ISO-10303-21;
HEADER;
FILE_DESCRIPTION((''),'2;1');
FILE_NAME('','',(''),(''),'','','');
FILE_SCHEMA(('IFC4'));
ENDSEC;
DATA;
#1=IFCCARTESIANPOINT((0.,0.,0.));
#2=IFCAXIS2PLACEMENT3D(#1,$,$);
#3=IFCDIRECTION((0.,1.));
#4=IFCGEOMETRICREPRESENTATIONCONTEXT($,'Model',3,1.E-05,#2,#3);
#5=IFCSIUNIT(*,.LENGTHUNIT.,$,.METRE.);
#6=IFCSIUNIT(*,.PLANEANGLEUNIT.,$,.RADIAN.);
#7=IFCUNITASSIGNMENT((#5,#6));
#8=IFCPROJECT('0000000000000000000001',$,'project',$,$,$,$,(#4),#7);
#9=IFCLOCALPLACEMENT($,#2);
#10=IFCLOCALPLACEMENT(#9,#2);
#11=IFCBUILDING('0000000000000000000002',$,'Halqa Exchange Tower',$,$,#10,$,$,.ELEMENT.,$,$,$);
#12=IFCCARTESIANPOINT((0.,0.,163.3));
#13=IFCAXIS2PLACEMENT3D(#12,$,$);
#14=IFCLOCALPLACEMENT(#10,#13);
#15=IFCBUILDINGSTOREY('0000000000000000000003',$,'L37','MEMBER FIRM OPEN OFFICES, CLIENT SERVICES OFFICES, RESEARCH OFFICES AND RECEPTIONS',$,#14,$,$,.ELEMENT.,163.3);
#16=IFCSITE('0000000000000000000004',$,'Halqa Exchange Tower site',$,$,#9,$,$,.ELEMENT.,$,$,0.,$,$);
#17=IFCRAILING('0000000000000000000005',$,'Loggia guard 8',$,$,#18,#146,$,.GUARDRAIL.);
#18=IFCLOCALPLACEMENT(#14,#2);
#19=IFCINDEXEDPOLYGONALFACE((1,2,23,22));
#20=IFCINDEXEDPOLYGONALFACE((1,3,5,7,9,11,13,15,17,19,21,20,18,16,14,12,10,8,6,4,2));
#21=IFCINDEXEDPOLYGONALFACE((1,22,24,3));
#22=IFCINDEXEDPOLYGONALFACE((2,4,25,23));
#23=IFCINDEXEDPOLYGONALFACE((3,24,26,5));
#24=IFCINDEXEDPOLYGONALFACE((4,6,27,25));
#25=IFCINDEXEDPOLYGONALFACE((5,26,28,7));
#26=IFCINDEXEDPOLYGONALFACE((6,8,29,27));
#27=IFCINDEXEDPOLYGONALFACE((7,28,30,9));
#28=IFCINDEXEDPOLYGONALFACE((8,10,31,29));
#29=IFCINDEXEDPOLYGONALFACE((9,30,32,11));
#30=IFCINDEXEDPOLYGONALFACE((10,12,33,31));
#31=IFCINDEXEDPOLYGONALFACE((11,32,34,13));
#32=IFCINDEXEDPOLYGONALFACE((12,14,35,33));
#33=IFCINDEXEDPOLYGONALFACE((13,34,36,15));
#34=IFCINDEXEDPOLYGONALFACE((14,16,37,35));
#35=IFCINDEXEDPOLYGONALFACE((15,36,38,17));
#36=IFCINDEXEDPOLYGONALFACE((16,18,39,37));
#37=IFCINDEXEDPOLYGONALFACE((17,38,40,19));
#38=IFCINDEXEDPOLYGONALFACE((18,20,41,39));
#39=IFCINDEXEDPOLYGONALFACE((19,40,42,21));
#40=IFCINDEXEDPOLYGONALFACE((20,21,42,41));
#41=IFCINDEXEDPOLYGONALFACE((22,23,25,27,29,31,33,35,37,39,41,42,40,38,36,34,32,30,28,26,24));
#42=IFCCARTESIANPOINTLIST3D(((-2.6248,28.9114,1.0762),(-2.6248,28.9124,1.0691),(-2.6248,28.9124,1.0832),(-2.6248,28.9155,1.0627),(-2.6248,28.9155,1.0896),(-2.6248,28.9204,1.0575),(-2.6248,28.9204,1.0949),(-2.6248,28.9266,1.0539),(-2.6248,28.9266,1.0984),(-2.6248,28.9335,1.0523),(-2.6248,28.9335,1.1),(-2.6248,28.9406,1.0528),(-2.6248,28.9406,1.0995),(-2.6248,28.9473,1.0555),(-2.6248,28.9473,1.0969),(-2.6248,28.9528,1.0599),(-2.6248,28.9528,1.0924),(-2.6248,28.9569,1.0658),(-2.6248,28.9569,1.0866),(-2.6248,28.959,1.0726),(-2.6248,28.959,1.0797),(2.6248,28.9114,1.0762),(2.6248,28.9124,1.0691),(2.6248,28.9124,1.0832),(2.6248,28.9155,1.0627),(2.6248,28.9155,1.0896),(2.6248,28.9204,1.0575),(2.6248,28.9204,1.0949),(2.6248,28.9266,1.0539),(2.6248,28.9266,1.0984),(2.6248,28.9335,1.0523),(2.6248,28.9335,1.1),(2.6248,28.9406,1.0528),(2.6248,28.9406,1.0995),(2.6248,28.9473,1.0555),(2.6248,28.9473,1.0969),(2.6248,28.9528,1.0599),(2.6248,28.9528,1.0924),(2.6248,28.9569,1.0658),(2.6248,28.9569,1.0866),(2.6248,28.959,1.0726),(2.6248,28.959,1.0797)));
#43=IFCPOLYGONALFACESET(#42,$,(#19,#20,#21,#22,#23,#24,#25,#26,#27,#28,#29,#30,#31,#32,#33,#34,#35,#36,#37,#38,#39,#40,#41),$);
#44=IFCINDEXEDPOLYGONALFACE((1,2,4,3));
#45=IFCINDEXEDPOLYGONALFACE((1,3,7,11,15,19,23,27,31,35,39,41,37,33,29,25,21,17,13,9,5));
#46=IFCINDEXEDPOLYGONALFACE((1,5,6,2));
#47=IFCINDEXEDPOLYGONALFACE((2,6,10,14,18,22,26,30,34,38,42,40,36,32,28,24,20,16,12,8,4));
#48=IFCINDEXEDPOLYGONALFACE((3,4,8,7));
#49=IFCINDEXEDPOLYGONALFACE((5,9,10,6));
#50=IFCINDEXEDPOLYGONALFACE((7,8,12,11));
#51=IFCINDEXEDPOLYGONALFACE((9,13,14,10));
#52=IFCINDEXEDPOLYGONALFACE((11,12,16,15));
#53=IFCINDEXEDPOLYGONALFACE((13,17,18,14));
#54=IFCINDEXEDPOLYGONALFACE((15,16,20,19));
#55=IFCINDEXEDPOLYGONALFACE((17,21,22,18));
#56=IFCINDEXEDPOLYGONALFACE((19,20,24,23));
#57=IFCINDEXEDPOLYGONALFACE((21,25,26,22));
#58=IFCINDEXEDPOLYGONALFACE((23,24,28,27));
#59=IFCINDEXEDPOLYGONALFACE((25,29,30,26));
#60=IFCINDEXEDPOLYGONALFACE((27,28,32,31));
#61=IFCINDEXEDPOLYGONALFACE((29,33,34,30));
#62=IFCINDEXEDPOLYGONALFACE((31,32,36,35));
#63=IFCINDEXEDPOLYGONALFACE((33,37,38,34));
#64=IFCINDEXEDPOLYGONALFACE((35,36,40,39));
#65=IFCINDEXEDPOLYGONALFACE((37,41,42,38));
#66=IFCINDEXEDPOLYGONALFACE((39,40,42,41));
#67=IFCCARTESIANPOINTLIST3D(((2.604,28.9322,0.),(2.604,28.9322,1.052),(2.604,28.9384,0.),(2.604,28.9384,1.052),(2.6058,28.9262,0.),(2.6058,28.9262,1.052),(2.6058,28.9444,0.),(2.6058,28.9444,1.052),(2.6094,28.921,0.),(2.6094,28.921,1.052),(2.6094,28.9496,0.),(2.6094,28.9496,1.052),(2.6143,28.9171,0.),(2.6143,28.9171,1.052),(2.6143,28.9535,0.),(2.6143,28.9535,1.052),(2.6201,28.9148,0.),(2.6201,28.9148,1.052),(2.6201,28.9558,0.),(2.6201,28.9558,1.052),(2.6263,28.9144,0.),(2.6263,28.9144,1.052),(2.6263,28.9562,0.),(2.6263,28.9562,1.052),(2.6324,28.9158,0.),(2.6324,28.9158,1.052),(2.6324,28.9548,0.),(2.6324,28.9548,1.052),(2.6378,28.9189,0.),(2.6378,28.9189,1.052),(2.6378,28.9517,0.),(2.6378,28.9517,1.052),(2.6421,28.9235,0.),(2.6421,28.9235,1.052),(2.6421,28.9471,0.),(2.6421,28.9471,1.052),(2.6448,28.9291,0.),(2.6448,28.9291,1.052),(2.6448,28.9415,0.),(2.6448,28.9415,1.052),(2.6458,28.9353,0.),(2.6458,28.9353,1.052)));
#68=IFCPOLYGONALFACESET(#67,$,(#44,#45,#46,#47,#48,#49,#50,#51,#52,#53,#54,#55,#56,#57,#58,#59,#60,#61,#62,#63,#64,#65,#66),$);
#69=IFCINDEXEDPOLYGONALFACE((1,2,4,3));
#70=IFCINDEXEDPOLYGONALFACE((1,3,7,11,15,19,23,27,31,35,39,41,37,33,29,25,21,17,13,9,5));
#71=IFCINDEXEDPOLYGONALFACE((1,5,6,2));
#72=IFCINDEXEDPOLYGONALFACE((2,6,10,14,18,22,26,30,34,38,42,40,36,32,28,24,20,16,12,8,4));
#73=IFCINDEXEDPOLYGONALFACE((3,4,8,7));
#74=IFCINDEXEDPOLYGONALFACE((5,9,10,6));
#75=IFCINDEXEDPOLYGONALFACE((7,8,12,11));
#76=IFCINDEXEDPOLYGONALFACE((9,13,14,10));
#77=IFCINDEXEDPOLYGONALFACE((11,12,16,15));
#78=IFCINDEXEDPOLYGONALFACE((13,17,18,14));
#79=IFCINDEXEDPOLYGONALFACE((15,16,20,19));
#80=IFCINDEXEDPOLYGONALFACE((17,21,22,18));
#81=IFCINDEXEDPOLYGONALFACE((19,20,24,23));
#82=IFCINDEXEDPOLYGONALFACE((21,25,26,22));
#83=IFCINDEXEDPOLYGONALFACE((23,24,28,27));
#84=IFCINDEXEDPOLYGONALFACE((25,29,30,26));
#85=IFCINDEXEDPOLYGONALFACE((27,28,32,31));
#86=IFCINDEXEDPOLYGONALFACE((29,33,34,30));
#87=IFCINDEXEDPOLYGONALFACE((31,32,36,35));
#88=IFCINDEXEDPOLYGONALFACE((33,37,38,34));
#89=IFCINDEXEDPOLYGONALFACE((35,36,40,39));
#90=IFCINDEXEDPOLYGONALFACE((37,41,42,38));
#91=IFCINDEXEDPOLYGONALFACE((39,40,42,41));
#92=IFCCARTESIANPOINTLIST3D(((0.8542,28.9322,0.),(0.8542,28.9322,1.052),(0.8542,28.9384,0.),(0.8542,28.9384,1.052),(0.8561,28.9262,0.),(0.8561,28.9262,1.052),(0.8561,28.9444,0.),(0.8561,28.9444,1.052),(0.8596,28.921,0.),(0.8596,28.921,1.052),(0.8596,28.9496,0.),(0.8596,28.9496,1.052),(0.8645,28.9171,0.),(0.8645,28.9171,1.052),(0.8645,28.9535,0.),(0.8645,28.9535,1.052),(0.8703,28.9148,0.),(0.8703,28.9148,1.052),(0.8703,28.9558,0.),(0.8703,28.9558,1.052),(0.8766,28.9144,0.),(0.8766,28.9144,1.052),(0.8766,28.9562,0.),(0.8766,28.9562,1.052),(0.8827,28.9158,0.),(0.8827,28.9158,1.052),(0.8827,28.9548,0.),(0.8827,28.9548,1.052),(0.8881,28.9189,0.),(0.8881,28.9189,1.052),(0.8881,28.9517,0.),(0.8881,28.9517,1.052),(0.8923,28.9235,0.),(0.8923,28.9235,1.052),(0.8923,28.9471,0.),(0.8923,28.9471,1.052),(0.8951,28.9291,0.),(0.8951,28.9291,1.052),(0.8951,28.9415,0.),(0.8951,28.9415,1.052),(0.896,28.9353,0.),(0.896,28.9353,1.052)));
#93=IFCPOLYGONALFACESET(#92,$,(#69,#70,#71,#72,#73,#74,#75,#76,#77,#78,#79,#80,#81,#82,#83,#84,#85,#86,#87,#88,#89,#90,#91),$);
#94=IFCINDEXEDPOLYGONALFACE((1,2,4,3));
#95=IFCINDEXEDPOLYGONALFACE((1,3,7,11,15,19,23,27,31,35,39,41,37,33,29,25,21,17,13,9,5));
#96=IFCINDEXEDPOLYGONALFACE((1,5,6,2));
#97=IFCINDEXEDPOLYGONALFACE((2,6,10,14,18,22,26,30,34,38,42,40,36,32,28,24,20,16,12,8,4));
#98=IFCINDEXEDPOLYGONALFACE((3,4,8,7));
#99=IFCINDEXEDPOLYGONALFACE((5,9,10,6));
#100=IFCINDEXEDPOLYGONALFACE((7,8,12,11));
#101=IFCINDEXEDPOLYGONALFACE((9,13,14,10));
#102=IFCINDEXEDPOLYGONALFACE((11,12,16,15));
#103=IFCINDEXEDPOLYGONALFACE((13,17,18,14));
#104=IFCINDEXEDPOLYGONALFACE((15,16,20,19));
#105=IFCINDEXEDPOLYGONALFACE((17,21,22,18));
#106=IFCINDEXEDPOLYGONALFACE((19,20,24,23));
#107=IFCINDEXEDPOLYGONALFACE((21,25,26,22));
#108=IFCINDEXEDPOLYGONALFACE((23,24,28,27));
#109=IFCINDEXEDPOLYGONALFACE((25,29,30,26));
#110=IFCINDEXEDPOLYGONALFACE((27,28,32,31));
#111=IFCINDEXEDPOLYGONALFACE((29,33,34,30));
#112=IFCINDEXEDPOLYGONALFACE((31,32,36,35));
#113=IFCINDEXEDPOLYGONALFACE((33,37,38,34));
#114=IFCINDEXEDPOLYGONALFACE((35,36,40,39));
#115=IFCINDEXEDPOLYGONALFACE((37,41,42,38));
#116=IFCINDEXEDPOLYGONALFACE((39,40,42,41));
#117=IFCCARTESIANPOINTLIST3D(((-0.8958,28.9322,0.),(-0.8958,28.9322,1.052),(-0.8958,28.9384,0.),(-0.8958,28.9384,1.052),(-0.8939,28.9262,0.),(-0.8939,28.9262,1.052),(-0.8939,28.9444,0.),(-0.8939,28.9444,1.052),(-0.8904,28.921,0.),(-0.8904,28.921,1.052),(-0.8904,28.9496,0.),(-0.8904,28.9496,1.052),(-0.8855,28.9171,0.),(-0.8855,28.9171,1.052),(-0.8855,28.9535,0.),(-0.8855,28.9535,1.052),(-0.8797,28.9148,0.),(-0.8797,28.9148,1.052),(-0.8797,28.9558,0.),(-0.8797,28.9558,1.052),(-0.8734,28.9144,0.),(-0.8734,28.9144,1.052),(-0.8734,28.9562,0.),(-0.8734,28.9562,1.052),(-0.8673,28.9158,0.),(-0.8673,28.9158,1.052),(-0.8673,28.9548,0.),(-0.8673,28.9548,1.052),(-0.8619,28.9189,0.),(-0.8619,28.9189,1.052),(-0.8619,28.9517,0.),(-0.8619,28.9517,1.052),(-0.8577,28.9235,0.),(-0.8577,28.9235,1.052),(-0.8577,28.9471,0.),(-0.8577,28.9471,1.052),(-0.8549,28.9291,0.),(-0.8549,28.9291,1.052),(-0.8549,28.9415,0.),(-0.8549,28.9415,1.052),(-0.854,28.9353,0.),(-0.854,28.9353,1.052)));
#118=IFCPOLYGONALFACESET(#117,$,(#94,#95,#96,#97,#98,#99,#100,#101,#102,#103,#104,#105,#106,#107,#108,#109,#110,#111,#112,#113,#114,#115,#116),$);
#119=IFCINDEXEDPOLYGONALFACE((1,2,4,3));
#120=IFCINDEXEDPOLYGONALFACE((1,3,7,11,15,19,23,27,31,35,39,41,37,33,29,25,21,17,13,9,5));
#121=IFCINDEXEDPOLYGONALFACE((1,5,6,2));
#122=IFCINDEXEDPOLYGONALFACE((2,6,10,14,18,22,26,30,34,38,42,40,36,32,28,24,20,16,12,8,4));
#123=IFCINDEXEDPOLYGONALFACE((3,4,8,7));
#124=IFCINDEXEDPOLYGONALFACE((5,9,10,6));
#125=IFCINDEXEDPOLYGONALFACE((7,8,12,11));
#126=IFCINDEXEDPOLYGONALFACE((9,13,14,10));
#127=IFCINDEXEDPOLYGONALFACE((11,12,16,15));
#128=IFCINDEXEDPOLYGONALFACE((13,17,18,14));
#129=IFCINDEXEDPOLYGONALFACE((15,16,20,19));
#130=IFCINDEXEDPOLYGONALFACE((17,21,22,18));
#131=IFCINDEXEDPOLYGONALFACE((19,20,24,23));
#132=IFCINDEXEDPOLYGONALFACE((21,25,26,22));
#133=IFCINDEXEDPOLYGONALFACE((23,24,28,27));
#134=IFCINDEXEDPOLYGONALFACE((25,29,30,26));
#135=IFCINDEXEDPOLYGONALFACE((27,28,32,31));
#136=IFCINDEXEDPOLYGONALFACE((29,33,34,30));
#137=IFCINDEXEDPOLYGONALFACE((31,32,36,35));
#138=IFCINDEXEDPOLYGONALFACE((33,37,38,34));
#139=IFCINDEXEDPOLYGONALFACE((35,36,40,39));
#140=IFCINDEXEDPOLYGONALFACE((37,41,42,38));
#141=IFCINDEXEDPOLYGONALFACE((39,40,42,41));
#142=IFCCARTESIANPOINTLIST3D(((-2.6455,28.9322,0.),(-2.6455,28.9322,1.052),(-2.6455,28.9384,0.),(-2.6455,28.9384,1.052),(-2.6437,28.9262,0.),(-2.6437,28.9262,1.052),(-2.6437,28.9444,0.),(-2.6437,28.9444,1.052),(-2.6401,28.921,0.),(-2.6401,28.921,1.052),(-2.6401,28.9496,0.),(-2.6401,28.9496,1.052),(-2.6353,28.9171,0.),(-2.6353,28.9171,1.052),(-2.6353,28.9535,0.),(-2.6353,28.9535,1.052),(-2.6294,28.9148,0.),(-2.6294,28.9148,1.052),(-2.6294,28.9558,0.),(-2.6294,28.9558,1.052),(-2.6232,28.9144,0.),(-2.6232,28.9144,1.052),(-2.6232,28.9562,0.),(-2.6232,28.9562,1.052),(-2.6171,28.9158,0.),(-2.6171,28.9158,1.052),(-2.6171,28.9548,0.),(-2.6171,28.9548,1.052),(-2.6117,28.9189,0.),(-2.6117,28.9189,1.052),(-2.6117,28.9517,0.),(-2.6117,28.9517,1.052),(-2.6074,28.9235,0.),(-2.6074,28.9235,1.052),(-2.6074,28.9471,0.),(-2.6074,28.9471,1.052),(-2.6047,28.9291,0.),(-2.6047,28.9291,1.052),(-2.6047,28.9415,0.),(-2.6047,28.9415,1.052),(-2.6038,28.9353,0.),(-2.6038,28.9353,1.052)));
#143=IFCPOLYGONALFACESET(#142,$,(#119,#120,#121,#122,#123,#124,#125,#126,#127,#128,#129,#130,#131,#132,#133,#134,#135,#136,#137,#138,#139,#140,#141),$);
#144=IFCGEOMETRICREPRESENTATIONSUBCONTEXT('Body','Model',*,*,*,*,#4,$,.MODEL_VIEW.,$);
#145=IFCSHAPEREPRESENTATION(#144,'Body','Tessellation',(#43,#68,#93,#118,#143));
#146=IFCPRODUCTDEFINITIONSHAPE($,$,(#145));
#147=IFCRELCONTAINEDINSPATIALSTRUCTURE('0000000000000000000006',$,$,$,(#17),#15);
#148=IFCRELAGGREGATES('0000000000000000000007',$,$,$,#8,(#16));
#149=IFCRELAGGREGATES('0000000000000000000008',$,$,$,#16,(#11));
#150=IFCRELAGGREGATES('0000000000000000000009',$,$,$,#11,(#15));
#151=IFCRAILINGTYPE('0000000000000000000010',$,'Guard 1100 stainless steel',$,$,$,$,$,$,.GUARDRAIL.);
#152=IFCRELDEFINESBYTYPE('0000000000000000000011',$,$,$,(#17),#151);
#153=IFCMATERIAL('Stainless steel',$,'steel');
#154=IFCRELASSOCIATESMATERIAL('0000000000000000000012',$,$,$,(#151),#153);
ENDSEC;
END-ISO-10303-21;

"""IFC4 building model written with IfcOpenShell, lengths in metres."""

from ifc_helpers import new_model, si_unit, direction, frame, origin, origin_2d, place, context, subcontext, project, spatial, circle, extrude, material, type_object, element, save


model = new_model("IFC4")

# Units and contexts
model_context = context("Model", 3, precision=1e-05, world=origin(), true_north=direction((0.0, 1.0)))
body_context = subcontext(model_context, "Body", "Model", "MODEL_VIEW")
ifc_project = project(units=[si_unit("LENGTHUNIT", "METRE"), si_unit("PLANEANGLEUNIT", "RADIAN")], contexts=[model_context])

# Site, building, storey
site_placement = place(None, origin())
site = spatial("IfcSite", under=ifc_project, at=site_placement, Name="Halqa Exchange Tower site", CompositionType="ELEMENT", RefElevation=0.0)
building_placement = place(site_placement, origin())
building = spatial("IfcBuilding", under=site, at=building_placement, Name="Halqa Exchange Tower", CompositionType="ELEMENT")
storey_placement = place(building_placement, frame((0.0, 0.0, 163.3)))
storey = spatial("IfcBuildingStorey", under=building, at=storey_placement, Name="L37", Description="MEMBER FIRM OPEN OFFICES, CLIENT SERVICES OFFICES, RESEARCH OFFICES AND RECEPTIONS", CompositionType="ELEMENT", Elevation=163.3)

# Railing
ifc_material_1 = material(Name="Stainless steel", Category="steel")
railing_type_1 = type_object("IfcRailingType", Name="Guard 1100 stainless steel", PredefinedType="GUARDRAIL", material=ifc_material_1)
railing_1_placement = place(storey_placement, frame((2.6248, 28.9353, 0.0)))
element("IfcRailing", 1, at=railing_1_placement, inside=storey, type_object=railing_type_1, Name="Loggia guard 8", PredefinedType="GUARDRAIL", context=body_context, shape_type="SweptSolid", body=[
    extrude(circle(Radius=0.0239, at=origin_2d()), frame((0.0, 0.0, 1.0762), z_axis=(-1.0, 0.0, 0.0), x_axis=(0.0, -1.0, 0.0)), (0.0, 0.0, 1.0), 5.2495),
    extrude(circle(Radius=0.021, at=origin_2d()), origin(), (0.0, 0.0, 1.0), 1.052),
    extrude(circle(Radius=0.021, at=origin_2d()), frame((-1.7498, 0.0, 0.0)), (0.0, 0.0, 1.0), 1.052),
    extrude(circle(Radius=0.021, at=origin_2d()), frame((-3.4998, 0.0, 0.0)), (0.0, 0.0, 1.0), 1.052),
    extrude(circle(Radius=0.021, at=origin_2d()), frame((-5.2495, 0.0, 0.0)), (0.0, 0.0, 1.0), 1.052),
])

save(model, "model.ifc")
